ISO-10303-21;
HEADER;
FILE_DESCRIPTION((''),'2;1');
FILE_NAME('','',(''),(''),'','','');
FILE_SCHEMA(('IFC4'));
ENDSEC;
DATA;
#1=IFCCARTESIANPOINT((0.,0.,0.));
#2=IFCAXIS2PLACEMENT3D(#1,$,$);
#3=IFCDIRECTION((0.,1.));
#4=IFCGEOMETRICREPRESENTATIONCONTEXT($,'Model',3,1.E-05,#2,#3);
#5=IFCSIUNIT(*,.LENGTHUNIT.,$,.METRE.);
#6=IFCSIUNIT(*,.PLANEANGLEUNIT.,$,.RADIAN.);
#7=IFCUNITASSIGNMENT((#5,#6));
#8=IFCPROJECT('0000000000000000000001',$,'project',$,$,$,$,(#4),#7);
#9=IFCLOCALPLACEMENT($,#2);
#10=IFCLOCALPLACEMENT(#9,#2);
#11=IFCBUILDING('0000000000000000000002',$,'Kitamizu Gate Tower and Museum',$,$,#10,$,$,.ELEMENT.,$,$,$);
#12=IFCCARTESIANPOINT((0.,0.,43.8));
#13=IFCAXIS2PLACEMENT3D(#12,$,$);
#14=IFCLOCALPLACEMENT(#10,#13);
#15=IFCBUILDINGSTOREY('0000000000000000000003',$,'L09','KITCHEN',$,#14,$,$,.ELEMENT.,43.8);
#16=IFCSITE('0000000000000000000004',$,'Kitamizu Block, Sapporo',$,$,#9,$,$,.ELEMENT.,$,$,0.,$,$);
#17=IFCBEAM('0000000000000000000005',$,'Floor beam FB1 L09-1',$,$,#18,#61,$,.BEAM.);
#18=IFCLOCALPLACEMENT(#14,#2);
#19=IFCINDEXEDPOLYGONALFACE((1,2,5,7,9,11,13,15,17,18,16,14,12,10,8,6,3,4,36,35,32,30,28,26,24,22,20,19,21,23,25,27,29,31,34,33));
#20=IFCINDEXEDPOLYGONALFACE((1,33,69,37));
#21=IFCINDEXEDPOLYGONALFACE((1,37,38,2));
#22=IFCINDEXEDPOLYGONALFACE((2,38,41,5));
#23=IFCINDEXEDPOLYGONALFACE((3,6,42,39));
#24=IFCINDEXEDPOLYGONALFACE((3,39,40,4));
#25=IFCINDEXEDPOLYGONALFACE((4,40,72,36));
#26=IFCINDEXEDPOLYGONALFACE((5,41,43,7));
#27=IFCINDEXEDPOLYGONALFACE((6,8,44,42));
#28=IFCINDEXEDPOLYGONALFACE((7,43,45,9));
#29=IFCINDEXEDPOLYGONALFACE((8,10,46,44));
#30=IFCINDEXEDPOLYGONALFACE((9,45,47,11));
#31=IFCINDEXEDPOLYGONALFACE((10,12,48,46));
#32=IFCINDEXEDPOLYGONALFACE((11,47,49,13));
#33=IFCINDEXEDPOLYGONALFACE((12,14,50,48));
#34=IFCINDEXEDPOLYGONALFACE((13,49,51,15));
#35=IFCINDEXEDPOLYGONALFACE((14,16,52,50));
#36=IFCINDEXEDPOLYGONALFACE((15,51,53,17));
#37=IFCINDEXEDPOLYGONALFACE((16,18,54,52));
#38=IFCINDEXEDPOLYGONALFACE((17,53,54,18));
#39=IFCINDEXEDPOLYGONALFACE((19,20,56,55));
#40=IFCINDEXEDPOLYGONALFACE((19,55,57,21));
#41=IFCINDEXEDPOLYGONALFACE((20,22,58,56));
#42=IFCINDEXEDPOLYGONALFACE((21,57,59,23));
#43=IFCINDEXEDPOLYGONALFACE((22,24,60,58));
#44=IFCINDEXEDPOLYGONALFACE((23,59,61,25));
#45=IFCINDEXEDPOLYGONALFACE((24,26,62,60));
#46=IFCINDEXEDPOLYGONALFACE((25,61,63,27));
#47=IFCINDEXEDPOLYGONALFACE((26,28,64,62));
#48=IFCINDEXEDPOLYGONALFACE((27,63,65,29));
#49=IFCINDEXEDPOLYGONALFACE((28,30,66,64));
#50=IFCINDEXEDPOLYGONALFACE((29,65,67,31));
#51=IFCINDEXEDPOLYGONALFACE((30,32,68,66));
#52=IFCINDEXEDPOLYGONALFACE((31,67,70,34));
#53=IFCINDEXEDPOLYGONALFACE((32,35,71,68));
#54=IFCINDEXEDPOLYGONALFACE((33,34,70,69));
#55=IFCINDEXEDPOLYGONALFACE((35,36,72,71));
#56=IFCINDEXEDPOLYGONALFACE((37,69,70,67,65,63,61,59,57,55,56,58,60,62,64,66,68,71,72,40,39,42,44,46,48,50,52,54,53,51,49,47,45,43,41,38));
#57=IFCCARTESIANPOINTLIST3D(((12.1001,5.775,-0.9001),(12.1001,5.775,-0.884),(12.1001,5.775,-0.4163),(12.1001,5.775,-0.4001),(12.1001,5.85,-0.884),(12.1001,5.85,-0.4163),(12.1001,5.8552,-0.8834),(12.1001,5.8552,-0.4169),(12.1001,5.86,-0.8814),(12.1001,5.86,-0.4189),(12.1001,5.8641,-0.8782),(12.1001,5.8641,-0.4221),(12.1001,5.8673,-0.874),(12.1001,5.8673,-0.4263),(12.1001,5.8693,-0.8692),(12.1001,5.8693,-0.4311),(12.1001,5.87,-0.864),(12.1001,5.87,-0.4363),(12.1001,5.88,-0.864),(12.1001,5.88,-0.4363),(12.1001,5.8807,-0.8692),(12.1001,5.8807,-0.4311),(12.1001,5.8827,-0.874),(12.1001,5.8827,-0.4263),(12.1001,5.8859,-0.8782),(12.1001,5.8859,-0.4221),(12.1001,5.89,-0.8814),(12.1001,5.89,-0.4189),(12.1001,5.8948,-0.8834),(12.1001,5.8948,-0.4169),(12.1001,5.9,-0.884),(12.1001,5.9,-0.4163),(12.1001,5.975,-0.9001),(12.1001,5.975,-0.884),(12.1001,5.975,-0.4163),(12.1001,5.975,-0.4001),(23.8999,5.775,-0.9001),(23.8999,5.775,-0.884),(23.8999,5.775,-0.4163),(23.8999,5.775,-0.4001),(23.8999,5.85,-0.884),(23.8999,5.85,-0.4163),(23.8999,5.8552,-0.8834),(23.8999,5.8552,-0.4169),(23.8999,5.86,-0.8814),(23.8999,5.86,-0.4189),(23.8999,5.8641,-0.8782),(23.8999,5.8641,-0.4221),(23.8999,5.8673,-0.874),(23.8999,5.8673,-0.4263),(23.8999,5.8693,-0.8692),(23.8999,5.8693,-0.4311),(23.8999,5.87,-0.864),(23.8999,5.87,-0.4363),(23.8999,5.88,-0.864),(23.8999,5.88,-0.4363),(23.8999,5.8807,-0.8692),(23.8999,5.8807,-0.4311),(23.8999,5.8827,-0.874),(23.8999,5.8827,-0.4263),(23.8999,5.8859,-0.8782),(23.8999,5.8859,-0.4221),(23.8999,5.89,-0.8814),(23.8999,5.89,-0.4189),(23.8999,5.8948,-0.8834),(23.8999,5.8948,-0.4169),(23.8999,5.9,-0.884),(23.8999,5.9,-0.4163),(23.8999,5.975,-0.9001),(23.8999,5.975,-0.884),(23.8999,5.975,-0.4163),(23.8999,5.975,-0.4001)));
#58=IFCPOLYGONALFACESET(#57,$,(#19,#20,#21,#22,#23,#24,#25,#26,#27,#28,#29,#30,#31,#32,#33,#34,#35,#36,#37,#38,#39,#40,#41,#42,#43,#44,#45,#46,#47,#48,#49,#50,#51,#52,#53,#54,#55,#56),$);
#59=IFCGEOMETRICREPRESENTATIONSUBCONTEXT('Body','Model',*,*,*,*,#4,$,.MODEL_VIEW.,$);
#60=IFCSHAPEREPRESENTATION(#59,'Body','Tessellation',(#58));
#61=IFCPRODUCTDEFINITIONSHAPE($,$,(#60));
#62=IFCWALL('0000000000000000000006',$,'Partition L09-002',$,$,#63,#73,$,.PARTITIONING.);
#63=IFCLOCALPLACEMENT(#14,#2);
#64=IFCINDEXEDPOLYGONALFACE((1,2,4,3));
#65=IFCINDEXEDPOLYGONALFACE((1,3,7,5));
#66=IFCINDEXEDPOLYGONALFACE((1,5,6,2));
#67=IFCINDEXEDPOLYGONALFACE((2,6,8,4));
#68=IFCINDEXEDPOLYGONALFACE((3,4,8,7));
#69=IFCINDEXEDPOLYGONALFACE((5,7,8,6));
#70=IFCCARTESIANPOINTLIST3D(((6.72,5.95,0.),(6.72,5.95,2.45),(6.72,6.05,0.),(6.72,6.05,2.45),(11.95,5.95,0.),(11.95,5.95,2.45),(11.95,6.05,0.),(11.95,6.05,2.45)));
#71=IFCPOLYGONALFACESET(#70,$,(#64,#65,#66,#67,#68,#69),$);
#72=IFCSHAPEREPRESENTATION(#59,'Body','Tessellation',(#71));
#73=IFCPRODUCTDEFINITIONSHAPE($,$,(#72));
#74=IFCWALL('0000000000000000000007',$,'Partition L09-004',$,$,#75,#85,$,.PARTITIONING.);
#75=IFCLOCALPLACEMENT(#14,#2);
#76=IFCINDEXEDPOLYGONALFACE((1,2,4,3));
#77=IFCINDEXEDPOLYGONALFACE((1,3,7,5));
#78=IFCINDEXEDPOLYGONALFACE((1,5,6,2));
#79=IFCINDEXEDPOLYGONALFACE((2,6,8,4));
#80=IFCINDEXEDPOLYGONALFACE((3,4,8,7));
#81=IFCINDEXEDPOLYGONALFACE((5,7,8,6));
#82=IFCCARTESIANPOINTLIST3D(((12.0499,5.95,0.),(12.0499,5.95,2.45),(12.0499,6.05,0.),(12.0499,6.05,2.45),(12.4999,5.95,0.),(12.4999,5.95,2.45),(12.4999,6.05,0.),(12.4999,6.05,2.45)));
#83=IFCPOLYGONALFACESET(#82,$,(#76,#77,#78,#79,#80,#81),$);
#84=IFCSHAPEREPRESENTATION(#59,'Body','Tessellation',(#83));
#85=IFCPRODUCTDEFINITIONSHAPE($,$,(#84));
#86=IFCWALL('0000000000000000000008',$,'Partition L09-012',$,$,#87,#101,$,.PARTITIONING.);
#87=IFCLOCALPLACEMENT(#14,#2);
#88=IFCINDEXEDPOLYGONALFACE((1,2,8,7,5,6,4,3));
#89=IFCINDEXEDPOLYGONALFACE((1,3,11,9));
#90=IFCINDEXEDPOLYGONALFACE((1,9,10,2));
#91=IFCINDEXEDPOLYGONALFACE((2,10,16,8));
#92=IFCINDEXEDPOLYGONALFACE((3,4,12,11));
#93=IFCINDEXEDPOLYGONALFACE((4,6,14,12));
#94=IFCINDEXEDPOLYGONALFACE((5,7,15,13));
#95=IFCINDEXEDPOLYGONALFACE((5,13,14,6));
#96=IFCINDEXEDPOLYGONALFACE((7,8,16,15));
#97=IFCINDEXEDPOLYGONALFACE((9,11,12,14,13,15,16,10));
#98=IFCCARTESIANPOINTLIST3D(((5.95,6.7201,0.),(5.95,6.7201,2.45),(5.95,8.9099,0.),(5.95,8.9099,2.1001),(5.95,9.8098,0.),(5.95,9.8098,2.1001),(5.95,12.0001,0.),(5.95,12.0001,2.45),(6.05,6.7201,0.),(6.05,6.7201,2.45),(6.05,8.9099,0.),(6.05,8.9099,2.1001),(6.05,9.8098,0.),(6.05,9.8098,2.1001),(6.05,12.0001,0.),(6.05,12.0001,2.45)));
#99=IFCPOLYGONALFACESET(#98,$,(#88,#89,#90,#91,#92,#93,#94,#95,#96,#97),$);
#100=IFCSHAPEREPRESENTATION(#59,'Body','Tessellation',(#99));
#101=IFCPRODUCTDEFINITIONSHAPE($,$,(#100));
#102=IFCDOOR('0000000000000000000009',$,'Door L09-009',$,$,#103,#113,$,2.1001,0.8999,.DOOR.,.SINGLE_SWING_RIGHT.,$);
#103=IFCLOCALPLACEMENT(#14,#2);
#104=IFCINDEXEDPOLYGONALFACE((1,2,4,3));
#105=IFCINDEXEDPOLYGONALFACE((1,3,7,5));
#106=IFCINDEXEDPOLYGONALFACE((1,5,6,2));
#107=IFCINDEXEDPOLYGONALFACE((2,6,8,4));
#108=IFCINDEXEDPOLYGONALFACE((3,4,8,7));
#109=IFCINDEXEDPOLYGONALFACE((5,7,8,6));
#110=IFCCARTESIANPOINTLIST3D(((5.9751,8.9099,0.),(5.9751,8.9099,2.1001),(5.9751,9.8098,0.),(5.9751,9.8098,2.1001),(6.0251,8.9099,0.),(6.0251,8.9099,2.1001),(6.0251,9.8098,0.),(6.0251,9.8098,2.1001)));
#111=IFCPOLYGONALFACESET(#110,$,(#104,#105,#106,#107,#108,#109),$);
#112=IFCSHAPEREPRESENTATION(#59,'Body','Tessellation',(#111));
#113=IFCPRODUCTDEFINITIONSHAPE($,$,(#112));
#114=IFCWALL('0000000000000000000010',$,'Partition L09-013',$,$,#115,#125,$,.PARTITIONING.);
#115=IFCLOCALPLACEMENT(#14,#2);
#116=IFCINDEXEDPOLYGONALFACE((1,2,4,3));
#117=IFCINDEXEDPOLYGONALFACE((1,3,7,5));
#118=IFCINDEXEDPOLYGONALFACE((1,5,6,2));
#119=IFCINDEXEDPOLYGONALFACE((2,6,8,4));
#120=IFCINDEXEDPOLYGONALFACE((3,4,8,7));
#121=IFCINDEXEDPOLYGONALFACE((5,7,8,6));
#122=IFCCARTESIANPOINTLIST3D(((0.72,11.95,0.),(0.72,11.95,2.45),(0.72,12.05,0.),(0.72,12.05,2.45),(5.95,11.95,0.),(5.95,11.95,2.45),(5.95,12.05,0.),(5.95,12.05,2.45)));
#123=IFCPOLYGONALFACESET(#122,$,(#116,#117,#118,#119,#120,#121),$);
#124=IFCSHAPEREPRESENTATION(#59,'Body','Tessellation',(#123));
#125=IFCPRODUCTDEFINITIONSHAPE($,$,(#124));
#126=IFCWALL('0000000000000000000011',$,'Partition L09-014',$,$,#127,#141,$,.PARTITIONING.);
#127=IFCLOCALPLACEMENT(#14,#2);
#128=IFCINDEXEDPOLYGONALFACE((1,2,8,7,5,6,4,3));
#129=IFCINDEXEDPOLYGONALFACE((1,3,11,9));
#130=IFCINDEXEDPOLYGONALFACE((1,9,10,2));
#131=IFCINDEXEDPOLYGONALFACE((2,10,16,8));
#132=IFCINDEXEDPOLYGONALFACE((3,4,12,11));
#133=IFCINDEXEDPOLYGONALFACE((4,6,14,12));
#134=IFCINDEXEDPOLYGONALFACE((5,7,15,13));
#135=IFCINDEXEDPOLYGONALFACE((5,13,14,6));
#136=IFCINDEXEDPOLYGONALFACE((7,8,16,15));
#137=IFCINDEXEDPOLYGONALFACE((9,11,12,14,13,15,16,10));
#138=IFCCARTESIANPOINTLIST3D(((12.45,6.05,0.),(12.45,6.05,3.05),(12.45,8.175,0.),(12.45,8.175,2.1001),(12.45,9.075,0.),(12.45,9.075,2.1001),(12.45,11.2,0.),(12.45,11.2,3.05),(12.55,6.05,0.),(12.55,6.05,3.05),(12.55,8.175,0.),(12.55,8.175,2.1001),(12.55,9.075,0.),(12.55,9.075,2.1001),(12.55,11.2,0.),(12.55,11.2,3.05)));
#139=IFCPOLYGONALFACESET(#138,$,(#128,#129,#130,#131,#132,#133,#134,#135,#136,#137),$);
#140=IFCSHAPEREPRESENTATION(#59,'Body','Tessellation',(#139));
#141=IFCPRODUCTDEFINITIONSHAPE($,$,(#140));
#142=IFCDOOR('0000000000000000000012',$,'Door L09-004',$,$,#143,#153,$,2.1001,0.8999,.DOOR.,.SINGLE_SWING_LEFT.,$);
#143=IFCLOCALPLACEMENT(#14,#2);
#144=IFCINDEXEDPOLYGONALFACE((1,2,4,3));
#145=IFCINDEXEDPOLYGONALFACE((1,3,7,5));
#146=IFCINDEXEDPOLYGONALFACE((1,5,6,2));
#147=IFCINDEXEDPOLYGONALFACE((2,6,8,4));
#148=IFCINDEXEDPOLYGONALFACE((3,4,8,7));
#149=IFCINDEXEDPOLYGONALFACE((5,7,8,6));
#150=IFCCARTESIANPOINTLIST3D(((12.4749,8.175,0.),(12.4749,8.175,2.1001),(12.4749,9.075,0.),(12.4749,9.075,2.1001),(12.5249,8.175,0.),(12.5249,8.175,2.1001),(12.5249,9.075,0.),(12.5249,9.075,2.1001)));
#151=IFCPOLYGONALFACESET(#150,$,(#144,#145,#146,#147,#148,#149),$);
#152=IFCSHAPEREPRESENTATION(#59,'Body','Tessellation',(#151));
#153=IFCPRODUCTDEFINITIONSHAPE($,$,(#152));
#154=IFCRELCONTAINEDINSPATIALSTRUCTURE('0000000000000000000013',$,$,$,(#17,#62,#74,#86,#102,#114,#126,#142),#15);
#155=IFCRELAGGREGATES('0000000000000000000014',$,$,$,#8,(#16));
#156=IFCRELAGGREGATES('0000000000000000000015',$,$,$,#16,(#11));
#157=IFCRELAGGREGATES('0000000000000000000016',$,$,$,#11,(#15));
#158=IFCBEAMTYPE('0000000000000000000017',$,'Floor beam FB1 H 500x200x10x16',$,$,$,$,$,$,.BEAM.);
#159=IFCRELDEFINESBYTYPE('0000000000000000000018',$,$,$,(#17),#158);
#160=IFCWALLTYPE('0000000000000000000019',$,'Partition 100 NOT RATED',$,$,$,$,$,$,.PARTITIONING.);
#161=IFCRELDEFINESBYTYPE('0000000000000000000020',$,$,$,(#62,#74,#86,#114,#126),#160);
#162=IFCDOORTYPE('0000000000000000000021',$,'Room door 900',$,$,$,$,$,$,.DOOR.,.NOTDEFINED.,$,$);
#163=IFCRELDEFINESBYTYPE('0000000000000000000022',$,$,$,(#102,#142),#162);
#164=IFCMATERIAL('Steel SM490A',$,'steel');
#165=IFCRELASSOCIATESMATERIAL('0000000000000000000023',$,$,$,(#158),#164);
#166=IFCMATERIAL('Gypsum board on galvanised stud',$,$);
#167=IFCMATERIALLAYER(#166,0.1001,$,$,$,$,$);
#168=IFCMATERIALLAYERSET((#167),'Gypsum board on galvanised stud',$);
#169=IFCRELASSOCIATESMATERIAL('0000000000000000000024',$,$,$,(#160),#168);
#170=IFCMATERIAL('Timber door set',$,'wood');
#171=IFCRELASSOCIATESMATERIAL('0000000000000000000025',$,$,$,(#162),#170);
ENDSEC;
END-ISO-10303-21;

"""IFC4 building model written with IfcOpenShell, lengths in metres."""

from ifc_helpers import new_model, si_unit, direction, frame, frame_2d, origin, origin_2d, place, context, subcontext, project, spatial, rectangle, i_section, extrude, material, layer, layer_set, material_profile, profile_set, type_object, element, fill, save


model = new_model("IFC4")

# Units and contexts
model_context = context("Model", 3, precision=1e-05, world=origin(), true_north=direction((0.0, 1.0)))
body_context = subcontext(model_context, "Body", "Model", "MODEL_VIEW")
ifc_project = project(units=[si_unit("LENGTHUNIT", "METRE"), si_unit("PLANEANGLEUNIT", "RADIAN")], contexts=[model_context])

# Site, building, storey
site_placement = place(None, origin())
site = spatial("IfcSite", under=ifc_project, at=site_placement, Name="Kitamizu Block, Sapporo", CompositionType="ELEMENT", RefElevation=0.0)
building_placement = place(site_placement, origin())
building = spatial("IfcBuilding", under=site, at=building_placement, Name="Kitamizu Gate Tower and Museum", CompositionType="ELEMENT")
storey_placement = place(building_placement, frame((0.0, 0.0, 43.8)))
storey = spatial("IfcBuildingStorey", under=building, at=storey_placement, Name="L09", Description="KITCHEN", CompositionType="ELEMENT", Elevation=43.8)

# Beam
ifc_material_1 = material(Name="Steel SM490A", Category="steel")
ifc_material_profile = material_profile(ifc_material_1, i_section(OverallWidth=0.2, OverallDepth=0.5, WebThickness=0.01, FlangeThickness=0.0161, FilletRadius=0.02, at=origin_2d()), Name="H-500x200x10x16")
ifc_profile_set = profile_set([ifc_material_profile], Name="Steel SM490A")
beam_type = type_object("IfcBeamType", Name="Floor beam FB1 H 500x200x10x16", PredefinedType="BEAM", material=ifc_profile_set)
beam_placement = place(storey_placement, frame((12.1001, 5.875, -0.6501), z_axis=(1.0, 0.0, 0.0), x_axis=(0.0, 1.0, 0.0)))
element("IfcBeam", 1, at=beam_placement, inside=storey, type_object=beam_type, Name="Floor beam FB1 L09-1", PredefinedType="BEAM", context=body_context, shape_type="SweptSolid", body=[
    extrude(i_section(OverallWidth=0.2, OverallDepth=0.5, WebThickness=0.01, FlangeThickness=0.0161, FilletRadius=0.02, at=origin_2d()), origin(), (0.0, 0.0, 1.0), 11.7998),
])

# Walls
ifc_material_2 = material(Name="Gypsum board on galvanised stud")
ifc_layer = layer(ifc_material_2, 0.1001)
ifc_layer_set = layer_set([ifc_layer], Name="Gypsum board on galvanised stud")
wall_type = type_object("IfcWallType", Name="Partition 100 NOT RATED", PredefinedType="PARTITIONING", material=ifc_layer_set)
wall_1_placement = place(storey_placement, frame((11.95, 6.0, 0.0), z_axis=(0.0, 0.0, 1.0), x_axis=(-1.0, 0.0, 0.0)))
element("IfcWall", 2, at=wall_1_placement, inside=storey, type_object=wall_type, Name="Partition L09-002", PredefinedType="PARTITIONING", context=body_context, shape_type="SweptSolid", body=[
    extrude(rectangle(XDim=5.23, YDim=0.1001, at=frame_2d((2.615, 0.0))), origin(), (0.0, 0.0, 1.0), 2.45),
])
wall_2_placement = place(storey_placement, frame((12.5, 6.0, 0.0), z_axis=(0.0, 0.0, 1.0), x_axis=(-1.0, 0.0, 0.0)))
element("IfcWall", 3, at=wall_2_placement, inside=storey, type_object=wall_type, Name="Partition L09-004", PredefinedType="PARTITIONING", context=body_context, shape_type="SweptSolid", body=[
    extrude(rectangle(XDim=0.45, YDim=0.1001, at=frame_2d((0.2251, 0.0))), origin(), (0.0, 0.0, 1.0), 2.45),
])

# Wall, opening, door
wall_3_placement = place(storey_placement, frame((6.0, 6.72, 0.0), z_axis=(0.0, 0.0, 1.0), x_axis=(0.0, 1.0, 0.0)))
wall_3 = element("IfcWall", 4, at=wall_3_placement, inside=storey, type_object=wall_type, Name="Partition L09-012", PredefinedType="PARTITIONING", context=body_context, shape_type="SweptSolid", body=[
    extrude(rectangle(XDim=5.28, YDim=0.1001, at=frame_2d((2.6401, 0.0))), origin(), (0.0, 0.0, 1.0), 2.45),
])
opening_1_placement = place(wall_3_placement, frame((2.1899, 0.0, 0.0)))
opening_1 = element("IfcOpeningElement", 5, at=opening_1_placement, cuts=wall_3, PredefinedType="OPENING", context=body_context, shape_type="SweptSolid", body=[
    extrude(rectangle(XDim=0.8999, YDim=2.1001, at=frame_2d((0.45, 1.05))), frame((0.0, 0.0601, 0.0), z_axis=(0.0, -1.0, 0.0), x_axis=(1.0, 0.0, 0.0)), (0.0, 0.0, 1.0), 0.1201),
])
ifc_material_3 = material(Name="Timber door set", Category="wood")
door_type = type_object("IfcDoorType", Name="Room door 900", OperationType="NOTDEFINED", PredefinedType="DOOR", material=ifc_material_3)
door_1_placement = place(opening_1_placement, origin())
door_1 = element("IfcDoor", 6, at=door_1_placement, inside=storey, type_object=door_type, Name="Door L09-009", OperationType="SINGLE_SWING_RIGHT", OverallHeight=2.1001, OverallWidth=0.8999, PredefinedType="DOOR", context=body_context, shape_type="SweptSolid", body=[
    extrude(rectangle(XDim=0.8999, YDim=2.1001, at=frame_2d((0.45, 1.05))), frame((0.0, 0.0249, 0.0), z_axis=(0.0, -1.0, 0.0), x_axis=(1.0, 0.0, 0.0)), (0.0, 0.0, 1.0), 0.05),
])
fill(opening_1, door_1)

# Wall
wall_4_placement = place(storey_placement, frame((5.95, 12.0, 0.0), z_axis=(0.0, 0.0, 1.0), x_axis=(-1.0, 0.0, 0.0)))
element("IfcWall", 7, at=wall_4_placement, inside=storey, type_object=wall_type, Name="Partition L09-013", PredefinedType="PARTITIONING", context=body_context, shape_type="SweptSolid", body=[
    extrude(rectangle(XDim=5.23, YDim=0.1001, at=frame_2d((2.615, 0.0))), origin(), (0.0, 0.0, 1.0), 2.45),
])

# Wall, opening, door
wall_5_placement = place(storey_placement, frame((12.5, 6.05, 0.0), z_axis=(0.0, 0.0, 1.0), x_axis=(0.0, 1.0, 0.0)))
wall_5 = element("IfcWall", 8, at=wall_5_placement, inside=storey, type_object=wall_type, Name="Partition L09-014", PredefinedType="PARTITIONING", context=body_context, shape_type="SweptSolid", body=[
    extrude(rectangle(XDim=5.1499, YDim=0.1001, at=frame_2d((2.575, 0.0))), origin(), (0.0, 0.0, 1.0), 3.05),
])
opening_2_placement = place(wall_5_placement, frame((2.125, 0.0, 0.0)))
opening_2 = element("IfcOpeningElement", 9, at=opening_2_placement, cuts=wall_5, PredefinedType="OPENING", context=body_context, shape_type="SweptSolid", body=[
    extrude(rectangle(XDim=0.8999, YDim=2.1001, at=frame_2d((0.45, 1.05))), frame((0.0, 0.0601, 0.0), z_axis=(0.0, -1.0, 0.0), x_axis=(1.0, 0.0, 0.0)), (0.0, 0.0, 1.0), 0.1201),
])
door_2_placement = place(opening_2_placement, frame((0.8999, 0.0, 0.0), x_axis=(-1.0, 0.0, 0.0)))
door_2 = element("IfcDoor", 10, at=door_2_placement, inside=storey, type_object=door_type, Name="Door L09-004", OperationType="SINGLE_SWING_LEFT", OverallHeight=2.1001, OverallWidth=0.8999, PredefinedType="DOOR", context=body_context, shape_type="SweptSolid", body=[
    extrude(rectangle(XDim=0.8999, YDim=2.1001, at=frame_2d((0.45, 1.05))), frame((0.0, 0.0249, 0.0), z_axis=(0.0, -1.0, 0.0), x_axis=(1.0, 0.0, 0.0)), (0.0, 0.0, 1.0), 0.05),
])
fill(opening_2, door_2)

save(model, "model.ifc")
